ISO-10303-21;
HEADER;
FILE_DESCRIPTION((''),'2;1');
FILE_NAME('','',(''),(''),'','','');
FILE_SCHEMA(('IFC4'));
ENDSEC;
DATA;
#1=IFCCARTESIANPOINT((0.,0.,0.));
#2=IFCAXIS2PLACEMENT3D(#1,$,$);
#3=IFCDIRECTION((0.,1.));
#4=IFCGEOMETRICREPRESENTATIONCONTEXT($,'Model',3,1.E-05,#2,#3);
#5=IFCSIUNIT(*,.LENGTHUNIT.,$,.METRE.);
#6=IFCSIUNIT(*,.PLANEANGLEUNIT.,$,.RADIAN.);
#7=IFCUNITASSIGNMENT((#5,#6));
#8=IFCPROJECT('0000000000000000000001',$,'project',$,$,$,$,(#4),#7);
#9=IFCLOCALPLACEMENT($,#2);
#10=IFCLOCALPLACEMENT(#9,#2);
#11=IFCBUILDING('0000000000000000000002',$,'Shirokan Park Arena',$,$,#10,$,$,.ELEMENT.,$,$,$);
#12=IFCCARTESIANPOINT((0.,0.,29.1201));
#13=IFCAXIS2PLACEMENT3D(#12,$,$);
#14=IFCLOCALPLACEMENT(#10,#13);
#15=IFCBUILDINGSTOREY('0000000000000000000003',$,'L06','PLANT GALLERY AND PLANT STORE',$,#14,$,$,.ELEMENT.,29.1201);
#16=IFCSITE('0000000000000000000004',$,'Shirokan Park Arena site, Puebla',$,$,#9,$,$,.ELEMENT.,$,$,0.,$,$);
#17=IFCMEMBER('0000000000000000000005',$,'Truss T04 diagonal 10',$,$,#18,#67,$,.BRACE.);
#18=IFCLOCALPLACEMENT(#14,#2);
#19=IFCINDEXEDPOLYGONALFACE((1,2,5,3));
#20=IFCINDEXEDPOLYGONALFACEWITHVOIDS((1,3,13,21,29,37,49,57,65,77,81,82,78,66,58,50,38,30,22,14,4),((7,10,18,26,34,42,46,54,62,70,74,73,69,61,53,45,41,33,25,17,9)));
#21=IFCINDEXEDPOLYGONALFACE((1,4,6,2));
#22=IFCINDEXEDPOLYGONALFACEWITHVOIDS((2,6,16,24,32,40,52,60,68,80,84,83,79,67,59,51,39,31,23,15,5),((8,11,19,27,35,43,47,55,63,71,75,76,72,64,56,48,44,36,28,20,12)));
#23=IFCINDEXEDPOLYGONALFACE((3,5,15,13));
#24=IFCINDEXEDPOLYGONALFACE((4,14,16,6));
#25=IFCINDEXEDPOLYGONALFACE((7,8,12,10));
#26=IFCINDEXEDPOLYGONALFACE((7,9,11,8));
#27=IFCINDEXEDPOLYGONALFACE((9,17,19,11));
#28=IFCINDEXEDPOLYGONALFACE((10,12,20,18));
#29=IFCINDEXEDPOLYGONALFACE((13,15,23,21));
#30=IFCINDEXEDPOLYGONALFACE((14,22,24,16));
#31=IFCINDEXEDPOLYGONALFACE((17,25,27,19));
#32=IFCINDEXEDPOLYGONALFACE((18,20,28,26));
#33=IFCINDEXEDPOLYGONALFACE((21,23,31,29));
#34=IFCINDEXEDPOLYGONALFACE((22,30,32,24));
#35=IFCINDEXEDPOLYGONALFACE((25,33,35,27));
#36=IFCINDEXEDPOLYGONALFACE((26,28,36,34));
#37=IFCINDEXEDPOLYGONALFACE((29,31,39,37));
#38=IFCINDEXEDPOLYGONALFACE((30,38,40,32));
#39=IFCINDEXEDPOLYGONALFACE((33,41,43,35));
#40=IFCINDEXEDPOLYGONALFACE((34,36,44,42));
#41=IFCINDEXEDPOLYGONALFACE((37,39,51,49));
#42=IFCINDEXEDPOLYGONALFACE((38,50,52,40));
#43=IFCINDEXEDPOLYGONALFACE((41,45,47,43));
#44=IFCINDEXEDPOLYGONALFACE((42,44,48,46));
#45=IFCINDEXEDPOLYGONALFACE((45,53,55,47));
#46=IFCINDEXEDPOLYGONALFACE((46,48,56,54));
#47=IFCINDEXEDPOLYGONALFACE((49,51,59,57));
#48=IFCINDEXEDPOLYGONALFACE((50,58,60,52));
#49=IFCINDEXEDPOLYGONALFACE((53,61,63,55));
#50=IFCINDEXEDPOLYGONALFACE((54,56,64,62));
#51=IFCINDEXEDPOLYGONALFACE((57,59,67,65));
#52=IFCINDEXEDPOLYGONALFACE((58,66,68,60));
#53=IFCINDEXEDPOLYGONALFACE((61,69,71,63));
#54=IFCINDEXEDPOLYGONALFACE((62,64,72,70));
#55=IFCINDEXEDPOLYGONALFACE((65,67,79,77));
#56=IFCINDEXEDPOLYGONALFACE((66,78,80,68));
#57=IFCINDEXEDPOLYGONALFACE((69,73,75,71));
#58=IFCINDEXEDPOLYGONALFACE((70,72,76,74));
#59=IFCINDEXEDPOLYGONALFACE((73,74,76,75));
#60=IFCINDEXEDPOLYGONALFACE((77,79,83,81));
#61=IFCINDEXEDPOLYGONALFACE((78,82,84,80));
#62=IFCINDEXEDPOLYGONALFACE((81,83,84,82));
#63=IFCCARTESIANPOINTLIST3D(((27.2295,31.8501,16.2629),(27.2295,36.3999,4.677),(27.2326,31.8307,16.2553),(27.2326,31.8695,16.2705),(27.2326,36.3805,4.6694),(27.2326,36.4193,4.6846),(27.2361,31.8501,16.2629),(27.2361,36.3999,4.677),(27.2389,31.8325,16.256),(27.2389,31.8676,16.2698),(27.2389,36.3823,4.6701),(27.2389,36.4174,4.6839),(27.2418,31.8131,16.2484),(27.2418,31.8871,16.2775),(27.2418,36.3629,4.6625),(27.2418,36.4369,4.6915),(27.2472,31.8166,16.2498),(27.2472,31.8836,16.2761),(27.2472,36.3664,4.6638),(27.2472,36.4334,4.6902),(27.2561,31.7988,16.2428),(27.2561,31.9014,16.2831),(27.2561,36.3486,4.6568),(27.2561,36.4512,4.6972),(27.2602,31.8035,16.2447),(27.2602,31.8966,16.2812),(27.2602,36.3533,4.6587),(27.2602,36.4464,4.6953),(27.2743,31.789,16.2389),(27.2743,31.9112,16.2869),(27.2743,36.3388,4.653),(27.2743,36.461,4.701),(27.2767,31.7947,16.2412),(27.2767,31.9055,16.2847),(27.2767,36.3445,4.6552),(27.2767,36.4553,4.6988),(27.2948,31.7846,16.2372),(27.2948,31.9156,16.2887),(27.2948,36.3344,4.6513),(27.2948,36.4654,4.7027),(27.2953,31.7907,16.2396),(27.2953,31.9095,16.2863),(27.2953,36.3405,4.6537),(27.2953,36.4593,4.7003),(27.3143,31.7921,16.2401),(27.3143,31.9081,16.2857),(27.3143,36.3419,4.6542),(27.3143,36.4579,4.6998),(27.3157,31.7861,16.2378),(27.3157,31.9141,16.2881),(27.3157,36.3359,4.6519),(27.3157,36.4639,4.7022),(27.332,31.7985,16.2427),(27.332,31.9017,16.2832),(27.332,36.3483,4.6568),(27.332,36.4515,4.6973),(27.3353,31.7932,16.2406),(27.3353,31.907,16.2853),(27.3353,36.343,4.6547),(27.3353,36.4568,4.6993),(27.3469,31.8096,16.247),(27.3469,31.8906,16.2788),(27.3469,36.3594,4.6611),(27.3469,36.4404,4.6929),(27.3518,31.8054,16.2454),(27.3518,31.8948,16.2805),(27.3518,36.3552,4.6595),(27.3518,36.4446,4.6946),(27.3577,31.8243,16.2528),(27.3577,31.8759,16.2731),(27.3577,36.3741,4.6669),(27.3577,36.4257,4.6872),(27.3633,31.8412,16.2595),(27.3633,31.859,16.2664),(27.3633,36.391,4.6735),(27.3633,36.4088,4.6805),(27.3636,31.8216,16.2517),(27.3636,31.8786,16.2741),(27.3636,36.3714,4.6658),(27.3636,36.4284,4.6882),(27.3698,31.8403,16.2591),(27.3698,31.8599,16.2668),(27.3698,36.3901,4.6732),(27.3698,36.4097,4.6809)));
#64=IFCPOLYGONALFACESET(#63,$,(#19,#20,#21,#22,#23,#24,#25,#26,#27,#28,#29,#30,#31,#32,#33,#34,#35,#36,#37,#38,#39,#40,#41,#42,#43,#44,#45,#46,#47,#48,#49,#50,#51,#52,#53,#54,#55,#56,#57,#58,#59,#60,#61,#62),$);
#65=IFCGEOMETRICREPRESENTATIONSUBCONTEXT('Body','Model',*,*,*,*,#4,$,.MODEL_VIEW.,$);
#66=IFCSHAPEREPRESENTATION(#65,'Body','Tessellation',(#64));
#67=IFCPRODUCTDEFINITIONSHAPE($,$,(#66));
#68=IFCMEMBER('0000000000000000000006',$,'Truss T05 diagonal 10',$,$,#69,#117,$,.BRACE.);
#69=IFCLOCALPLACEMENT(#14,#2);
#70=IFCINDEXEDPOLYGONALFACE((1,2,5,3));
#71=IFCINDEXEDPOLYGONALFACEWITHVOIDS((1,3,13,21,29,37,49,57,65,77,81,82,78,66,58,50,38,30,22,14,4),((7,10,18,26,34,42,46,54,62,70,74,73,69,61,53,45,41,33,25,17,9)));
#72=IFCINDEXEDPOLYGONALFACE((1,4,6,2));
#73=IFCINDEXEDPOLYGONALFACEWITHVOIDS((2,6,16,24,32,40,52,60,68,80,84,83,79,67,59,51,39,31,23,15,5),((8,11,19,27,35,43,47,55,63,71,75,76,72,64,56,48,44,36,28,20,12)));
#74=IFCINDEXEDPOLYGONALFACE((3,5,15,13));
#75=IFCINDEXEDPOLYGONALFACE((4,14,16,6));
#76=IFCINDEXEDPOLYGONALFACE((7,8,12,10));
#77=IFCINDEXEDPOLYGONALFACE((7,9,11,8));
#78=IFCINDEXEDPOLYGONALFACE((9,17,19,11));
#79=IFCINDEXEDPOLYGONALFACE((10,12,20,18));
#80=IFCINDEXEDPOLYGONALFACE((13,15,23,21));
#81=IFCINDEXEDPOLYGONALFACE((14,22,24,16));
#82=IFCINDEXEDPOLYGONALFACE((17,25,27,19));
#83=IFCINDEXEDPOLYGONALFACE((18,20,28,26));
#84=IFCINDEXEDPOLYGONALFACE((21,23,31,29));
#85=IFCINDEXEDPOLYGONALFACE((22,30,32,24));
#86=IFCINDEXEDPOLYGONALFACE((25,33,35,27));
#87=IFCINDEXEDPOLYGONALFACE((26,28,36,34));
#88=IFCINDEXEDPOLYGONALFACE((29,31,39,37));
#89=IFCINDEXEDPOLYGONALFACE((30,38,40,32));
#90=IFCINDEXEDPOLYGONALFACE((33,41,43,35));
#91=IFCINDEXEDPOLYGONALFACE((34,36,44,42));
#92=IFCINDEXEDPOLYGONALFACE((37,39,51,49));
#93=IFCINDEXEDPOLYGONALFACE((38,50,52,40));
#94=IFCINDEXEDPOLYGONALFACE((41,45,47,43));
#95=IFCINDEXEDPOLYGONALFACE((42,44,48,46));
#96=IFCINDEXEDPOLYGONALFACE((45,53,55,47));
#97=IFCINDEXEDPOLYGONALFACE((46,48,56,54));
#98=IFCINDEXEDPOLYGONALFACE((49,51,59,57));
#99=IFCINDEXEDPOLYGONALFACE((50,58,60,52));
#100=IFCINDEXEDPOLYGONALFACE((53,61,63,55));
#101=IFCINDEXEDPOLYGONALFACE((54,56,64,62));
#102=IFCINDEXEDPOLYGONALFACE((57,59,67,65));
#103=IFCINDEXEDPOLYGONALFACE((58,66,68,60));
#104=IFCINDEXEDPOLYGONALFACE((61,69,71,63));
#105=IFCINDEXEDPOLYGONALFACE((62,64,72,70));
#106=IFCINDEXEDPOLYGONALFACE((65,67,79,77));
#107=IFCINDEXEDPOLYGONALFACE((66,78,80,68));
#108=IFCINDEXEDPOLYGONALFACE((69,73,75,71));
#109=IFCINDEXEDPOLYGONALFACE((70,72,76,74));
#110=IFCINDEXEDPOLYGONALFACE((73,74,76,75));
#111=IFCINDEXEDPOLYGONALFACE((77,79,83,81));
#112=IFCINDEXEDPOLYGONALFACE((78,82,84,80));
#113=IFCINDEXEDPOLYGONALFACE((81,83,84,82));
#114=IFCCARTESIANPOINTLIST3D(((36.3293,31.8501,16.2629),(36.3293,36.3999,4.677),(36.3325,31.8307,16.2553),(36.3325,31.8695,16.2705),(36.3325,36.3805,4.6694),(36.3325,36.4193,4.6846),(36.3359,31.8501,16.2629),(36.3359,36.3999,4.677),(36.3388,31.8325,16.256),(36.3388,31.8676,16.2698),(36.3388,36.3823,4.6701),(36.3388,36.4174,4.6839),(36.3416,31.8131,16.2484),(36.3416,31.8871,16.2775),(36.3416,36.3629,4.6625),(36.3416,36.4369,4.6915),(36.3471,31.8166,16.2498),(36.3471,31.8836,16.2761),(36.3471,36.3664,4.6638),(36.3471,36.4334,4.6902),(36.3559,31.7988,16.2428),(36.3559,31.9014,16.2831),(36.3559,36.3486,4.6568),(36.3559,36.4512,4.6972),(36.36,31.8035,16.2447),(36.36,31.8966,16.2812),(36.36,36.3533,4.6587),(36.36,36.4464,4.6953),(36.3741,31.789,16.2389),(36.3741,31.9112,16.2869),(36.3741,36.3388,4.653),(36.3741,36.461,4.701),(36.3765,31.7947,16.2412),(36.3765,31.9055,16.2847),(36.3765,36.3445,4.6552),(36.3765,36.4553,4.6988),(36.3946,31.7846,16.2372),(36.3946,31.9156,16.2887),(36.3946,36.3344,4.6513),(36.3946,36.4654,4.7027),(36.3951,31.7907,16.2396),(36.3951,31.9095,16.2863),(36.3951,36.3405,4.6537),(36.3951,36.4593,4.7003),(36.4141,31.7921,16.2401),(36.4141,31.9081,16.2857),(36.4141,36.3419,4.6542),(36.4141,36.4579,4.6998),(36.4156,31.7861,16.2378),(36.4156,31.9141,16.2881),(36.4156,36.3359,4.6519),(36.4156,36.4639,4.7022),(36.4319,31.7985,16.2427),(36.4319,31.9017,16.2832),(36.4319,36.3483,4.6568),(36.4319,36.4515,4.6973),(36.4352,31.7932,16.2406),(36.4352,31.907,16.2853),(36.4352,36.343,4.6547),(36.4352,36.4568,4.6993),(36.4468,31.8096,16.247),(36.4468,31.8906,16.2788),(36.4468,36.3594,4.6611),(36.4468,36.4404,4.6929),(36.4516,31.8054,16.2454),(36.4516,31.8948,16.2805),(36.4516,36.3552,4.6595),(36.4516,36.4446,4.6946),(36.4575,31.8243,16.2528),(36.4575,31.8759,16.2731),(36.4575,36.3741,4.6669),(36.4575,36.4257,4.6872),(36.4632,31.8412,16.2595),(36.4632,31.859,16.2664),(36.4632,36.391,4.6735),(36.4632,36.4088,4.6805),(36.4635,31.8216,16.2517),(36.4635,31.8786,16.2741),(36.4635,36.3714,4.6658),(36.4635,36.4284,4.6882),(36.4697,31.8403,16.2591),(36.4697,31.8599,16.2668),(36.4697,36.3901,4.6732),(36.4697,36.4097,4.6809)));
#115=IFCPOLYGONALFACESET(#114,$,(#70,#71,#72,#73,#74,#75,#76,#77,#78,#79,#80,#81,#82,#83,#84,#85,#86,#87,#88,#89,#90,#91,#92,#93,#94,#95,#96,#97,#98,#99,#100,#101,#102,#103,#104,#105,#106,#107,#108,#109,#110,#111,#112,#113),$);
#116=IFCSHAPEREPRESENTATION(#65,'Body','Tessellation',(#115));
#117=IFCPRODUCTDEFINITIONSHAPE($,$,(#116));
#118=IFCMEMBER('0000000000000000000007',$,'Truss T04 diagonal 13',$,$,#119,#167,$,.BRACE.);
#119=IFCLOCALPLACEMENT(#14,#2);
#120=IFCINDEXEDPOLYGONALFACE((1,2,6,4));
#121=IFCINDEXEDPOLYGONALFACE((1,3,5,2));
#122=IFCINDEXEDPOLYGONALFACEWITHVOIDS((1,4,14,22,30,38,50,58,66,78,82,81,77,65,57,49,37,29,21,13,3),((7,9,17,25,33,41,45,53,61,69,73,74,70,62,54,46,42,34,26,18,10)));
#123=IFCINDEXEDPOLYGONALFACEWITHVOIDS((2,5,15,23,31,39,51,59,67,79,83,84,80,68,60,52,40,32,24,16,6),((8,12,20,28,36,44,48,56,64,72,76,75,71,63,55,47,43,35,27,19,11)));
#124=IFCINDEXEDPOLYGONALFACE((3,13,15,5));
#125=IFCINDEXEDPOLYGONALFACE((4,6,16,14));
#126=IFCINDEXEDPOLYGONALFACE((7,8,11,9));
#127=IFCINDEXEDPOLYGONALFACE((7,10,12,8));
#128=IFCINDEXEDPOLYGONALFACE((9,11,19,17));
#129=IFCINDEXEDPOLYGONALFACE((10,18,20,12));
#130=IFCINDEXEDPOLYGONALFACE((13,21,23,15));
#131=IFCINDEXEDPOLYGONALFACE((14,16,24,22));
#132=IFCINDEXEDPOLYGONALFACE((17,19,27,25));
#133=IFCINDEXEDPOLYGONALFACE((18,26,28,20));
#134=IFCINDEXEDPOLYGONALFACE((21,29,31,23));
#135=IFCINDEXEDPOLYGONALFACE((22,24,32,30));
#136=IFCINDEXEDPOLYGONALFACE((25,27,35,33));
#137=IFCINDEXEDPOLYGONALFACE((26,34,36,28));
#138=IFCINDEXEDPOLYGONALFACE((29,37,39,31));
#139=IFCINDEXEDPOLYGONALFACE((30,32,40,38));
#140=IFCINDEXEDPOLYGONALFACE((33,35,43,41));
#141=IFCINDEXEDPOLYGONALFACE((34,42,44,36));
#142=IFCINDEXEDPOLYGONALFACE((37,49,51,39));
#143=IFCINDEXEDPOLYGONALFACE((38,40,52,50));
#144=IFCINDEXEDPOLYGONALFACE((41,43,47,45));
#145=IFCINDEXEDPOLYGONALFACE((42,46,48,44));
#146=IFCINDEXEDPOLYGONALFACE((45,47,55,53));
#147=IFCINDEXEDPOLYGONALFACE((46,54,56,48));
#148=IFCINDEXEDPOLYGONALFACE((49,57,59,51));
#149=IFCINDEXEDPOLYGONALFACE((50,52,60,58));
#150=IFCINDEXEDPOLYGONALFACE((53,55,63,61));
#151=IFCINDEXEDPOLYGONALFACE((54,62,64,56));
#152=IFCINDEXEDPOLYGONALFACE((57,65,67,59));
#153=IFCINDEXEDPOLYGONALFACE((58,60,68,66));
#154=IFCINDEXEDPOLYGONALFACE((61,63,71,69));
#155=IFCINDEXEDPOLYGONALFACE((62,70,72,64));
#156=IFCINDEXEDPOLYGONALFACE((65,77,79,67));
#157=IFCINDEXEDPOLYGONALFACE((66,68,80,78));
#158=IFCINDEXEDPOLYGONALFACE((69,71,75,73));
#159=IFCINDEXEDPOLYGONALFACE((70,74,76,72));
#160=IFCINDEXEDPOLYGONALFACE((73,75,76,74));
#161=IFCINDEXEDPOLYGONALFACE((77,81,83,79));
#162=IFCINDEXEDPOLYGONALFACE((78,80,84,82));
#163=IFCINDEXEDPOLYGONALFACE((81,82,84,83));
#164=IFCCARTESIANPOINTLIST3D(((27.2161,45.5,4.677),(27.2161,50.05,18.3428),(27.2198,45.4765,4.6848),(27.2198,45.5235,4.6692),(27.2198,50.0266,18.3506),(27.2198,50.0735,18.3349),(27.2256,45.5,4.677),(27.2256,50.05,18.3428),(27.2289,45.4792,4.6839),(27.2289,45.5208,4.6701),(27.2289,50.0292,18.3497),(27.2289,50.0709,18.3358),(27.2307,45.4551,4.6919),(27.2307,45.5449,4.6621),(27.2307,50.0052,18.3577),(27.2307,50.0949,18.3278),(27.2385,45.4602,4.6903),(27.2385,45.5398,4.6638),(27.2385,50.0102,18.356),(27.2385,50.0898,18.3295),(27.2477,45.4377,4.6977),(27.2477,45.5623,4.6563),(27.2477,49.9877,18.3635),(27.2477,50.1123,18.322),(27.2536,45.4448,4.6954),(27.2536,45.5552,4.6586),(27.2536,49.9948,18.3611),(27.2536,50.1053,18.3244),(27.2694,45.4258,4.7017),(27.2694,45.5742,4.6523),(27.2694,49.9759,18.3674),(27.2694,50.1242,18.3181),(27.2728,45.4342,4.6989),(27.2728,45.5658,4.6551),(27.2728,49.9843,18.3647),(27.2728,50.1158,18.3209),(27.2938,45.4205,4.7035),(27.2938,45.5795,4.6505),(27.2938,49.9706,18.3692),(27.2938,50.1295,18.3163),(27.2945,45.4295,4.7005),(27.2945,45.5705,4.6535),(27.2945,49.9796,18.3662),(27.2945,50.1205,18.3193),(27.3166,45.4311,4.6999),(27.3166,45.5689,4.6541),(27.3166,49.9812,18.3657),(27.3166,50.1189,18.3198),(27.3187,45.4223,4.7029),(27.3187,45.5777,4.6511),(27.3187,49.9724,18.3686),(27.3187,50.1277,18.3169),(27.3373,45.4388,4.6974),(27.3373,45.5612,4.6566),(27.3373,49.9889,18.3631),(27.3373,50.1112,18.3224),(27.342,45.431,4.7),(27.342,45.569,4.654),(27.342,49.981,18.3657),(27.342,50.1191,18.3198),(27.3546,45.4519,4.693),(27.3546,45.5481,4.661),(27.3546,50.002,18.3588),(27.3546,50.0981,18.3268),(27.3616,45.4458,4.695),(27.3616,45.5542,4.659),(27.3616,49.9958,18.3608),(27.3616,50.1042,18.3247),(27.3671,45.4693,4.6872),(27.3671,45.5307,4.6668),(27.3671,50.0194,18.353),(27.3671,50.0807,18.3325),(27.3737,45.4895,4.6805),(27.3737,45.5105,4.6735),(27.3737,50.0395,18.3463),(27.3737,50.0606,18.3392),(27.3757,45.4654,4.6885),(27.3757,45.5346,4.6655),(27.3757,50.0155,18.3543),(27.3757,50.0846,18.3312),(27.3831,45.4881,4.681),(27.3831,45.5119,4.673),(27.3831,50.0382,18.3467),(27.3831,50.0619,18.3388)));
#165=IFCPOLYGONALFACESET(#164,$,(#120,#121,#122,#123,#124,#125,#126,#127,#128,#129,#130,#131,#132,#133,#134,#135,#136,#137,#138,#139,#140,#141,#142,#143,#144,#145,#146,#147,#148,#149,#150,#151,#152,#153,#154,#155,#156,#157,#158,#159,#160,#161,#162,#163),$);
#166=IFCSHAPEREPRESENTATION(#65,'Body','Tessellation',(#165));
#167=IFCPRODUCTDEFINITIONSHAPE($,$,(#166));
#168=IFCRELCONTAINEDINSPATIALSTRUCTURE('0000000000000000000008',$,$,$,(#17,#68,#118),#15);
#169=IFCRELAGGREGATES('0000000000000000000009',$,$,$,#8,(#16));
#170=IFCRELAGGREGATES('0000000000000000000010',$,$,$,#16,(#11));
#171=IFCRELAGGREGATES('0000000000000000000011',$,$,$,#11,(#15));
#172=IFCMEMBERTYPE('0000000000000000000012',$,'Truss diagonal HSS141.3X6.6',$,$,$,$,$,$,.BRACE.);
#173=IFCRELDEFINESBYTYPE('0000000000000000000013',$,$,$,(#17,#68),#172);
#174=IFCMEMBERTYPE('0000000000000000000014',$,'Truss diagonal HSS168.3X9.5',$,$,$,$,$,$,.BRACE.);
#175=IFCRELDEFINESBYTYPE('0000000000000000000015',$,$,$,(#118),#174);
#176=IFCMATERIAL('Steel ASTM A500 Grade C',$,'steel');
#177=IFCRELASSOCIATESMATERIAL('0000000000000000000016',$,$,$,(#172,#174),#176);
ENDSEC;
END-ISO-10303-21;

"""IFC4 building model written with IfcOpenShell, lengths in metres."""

from ifc_helpers import new_model, si_unit, direction, frame, origin, origin_2d, place, context, subcontext, project, spatial, hollow_circle, extrude, material, material_profile, profile_set, type_object, element, save


model = new_model("IFC4")

# Units and contexts
model_context = context("Model", 3, precision=1e-05, world=origin(), true_north=direction((0.0, 1.0)))
body_context = subcontext(model_context, "Body", "Model", "MODEL_VIEW")
ifc_project = project(units=[si_unit("LENGTHUNIT", "METRE"), si_unit("PLANEANGLEUNIT", "RADIAN")], contexts=[model_context])

# Site, building, storey
site_placement = place(None, origin())
site = spatial("IfcSite", under=ifc_project, at=site_placement, Name="Shirokan Park Arena site, Puebla", CompositionType="ELEMENT", RefElevation=0.0)
building_placement = place(site_placement, origin())
building = spatial("IfcBuilding", under=site, at=building_placement, Name="Shirokan Park Arena", CompositionType="ELEMENT")
storey_placement = place(building_placement, frame((0.0, 0.0, 29.1201)))
storey = spatial("IfcBuildingStorey", under=building, at=storey_placement, Name="L06", Description="PLANT GALLERY AND PLANT STORE", CompositionType="ELEMENT", Elevation=29.1201)

# Members
ifc_material_1 = material(Name="Steel ASTM A500 Grade C", Category="steel")
ifc_material_profile_1 = material_profile(ifc_material_1, hollow_circle(Radius=0.0706, WallThickness=0.0066, at=origin_2d()), Name="HSS141.3X6.6")
ifc_profile_set_1 = profile_set([ifc_material_profile_1], Name="Steel ASTM A500 Grade C")
member_type_1 = type_object("IfcMemberType", Name="Truss diagonal HSS141.3X6.6", PredefinedType="BRACE", material=ifc_profile_set_1)
for number, where, z_axis, x_axis, name in (
    (1, (27.3, 31.8501, 16.2629), (0.0, 0.365526, -0.930801), (-1.0, 0.0, 0.0), "Truss T04 diagonal 10"),
    (2, (36.3999, 31.8501, 16.2629), (0.0, 0.365526, -0.930801), (-1.0, 0.0, 0.0), "Truss T05 diagonal 10"),
):
    element("IfcMember", number, at=place(storey_placement, frame(where, z_axis=z_axis, x_axis=x_axis)), inside=storey, type_object=member_type_1, Name=name, PredefinedType="BRACE", context=body_context, shape_type="SweptSolid", body=[
        extrude(hollow_circle(Radius=0.0706, WallThickness=0.0066, at=origin_2d()), origin(), (0.0, 0.0, 1.0), 12.4473),
    ])
ifc_material_profile_2 = material_profile(ifc_material_1, hollow_circle(Radius=0.084, WallThickness=0.0095, at=origin_2d()), Name="HSS168.3X9.5")
ifc_profile_set_2 = profile_set([ifc_material_profile_2], Name="Steel ASTM A500 Grade C")
member_type_2 = type_object("IfcMemberType", Name="Truss diagonal HSS168.3X9.5", PredefinedType="BRACE", material=ifc_profile_set_2)
member_1_placement = place(storey_placement, frame((27.3, 45.5, 4.677), z_axis=(0.0, 0.315902, 0.948792), x_axis=(-1.0, 0.0, 0.0)))
element("IfcMember", 3, at=member_1_placement, inside=storey, type_object=member_type_2, Name="Truss T04 diagonal 13", PredefinedType="BRACE", context=body_context, shape_type="SweptSolid", body=[
    extrude(hollow_circle(Radius=0.084, WallThickness=0.0095, at=origin_2d()), origin(), (0.0, 0.0, 1.0), 14.4033),
])

save(model, "model.ifc")
